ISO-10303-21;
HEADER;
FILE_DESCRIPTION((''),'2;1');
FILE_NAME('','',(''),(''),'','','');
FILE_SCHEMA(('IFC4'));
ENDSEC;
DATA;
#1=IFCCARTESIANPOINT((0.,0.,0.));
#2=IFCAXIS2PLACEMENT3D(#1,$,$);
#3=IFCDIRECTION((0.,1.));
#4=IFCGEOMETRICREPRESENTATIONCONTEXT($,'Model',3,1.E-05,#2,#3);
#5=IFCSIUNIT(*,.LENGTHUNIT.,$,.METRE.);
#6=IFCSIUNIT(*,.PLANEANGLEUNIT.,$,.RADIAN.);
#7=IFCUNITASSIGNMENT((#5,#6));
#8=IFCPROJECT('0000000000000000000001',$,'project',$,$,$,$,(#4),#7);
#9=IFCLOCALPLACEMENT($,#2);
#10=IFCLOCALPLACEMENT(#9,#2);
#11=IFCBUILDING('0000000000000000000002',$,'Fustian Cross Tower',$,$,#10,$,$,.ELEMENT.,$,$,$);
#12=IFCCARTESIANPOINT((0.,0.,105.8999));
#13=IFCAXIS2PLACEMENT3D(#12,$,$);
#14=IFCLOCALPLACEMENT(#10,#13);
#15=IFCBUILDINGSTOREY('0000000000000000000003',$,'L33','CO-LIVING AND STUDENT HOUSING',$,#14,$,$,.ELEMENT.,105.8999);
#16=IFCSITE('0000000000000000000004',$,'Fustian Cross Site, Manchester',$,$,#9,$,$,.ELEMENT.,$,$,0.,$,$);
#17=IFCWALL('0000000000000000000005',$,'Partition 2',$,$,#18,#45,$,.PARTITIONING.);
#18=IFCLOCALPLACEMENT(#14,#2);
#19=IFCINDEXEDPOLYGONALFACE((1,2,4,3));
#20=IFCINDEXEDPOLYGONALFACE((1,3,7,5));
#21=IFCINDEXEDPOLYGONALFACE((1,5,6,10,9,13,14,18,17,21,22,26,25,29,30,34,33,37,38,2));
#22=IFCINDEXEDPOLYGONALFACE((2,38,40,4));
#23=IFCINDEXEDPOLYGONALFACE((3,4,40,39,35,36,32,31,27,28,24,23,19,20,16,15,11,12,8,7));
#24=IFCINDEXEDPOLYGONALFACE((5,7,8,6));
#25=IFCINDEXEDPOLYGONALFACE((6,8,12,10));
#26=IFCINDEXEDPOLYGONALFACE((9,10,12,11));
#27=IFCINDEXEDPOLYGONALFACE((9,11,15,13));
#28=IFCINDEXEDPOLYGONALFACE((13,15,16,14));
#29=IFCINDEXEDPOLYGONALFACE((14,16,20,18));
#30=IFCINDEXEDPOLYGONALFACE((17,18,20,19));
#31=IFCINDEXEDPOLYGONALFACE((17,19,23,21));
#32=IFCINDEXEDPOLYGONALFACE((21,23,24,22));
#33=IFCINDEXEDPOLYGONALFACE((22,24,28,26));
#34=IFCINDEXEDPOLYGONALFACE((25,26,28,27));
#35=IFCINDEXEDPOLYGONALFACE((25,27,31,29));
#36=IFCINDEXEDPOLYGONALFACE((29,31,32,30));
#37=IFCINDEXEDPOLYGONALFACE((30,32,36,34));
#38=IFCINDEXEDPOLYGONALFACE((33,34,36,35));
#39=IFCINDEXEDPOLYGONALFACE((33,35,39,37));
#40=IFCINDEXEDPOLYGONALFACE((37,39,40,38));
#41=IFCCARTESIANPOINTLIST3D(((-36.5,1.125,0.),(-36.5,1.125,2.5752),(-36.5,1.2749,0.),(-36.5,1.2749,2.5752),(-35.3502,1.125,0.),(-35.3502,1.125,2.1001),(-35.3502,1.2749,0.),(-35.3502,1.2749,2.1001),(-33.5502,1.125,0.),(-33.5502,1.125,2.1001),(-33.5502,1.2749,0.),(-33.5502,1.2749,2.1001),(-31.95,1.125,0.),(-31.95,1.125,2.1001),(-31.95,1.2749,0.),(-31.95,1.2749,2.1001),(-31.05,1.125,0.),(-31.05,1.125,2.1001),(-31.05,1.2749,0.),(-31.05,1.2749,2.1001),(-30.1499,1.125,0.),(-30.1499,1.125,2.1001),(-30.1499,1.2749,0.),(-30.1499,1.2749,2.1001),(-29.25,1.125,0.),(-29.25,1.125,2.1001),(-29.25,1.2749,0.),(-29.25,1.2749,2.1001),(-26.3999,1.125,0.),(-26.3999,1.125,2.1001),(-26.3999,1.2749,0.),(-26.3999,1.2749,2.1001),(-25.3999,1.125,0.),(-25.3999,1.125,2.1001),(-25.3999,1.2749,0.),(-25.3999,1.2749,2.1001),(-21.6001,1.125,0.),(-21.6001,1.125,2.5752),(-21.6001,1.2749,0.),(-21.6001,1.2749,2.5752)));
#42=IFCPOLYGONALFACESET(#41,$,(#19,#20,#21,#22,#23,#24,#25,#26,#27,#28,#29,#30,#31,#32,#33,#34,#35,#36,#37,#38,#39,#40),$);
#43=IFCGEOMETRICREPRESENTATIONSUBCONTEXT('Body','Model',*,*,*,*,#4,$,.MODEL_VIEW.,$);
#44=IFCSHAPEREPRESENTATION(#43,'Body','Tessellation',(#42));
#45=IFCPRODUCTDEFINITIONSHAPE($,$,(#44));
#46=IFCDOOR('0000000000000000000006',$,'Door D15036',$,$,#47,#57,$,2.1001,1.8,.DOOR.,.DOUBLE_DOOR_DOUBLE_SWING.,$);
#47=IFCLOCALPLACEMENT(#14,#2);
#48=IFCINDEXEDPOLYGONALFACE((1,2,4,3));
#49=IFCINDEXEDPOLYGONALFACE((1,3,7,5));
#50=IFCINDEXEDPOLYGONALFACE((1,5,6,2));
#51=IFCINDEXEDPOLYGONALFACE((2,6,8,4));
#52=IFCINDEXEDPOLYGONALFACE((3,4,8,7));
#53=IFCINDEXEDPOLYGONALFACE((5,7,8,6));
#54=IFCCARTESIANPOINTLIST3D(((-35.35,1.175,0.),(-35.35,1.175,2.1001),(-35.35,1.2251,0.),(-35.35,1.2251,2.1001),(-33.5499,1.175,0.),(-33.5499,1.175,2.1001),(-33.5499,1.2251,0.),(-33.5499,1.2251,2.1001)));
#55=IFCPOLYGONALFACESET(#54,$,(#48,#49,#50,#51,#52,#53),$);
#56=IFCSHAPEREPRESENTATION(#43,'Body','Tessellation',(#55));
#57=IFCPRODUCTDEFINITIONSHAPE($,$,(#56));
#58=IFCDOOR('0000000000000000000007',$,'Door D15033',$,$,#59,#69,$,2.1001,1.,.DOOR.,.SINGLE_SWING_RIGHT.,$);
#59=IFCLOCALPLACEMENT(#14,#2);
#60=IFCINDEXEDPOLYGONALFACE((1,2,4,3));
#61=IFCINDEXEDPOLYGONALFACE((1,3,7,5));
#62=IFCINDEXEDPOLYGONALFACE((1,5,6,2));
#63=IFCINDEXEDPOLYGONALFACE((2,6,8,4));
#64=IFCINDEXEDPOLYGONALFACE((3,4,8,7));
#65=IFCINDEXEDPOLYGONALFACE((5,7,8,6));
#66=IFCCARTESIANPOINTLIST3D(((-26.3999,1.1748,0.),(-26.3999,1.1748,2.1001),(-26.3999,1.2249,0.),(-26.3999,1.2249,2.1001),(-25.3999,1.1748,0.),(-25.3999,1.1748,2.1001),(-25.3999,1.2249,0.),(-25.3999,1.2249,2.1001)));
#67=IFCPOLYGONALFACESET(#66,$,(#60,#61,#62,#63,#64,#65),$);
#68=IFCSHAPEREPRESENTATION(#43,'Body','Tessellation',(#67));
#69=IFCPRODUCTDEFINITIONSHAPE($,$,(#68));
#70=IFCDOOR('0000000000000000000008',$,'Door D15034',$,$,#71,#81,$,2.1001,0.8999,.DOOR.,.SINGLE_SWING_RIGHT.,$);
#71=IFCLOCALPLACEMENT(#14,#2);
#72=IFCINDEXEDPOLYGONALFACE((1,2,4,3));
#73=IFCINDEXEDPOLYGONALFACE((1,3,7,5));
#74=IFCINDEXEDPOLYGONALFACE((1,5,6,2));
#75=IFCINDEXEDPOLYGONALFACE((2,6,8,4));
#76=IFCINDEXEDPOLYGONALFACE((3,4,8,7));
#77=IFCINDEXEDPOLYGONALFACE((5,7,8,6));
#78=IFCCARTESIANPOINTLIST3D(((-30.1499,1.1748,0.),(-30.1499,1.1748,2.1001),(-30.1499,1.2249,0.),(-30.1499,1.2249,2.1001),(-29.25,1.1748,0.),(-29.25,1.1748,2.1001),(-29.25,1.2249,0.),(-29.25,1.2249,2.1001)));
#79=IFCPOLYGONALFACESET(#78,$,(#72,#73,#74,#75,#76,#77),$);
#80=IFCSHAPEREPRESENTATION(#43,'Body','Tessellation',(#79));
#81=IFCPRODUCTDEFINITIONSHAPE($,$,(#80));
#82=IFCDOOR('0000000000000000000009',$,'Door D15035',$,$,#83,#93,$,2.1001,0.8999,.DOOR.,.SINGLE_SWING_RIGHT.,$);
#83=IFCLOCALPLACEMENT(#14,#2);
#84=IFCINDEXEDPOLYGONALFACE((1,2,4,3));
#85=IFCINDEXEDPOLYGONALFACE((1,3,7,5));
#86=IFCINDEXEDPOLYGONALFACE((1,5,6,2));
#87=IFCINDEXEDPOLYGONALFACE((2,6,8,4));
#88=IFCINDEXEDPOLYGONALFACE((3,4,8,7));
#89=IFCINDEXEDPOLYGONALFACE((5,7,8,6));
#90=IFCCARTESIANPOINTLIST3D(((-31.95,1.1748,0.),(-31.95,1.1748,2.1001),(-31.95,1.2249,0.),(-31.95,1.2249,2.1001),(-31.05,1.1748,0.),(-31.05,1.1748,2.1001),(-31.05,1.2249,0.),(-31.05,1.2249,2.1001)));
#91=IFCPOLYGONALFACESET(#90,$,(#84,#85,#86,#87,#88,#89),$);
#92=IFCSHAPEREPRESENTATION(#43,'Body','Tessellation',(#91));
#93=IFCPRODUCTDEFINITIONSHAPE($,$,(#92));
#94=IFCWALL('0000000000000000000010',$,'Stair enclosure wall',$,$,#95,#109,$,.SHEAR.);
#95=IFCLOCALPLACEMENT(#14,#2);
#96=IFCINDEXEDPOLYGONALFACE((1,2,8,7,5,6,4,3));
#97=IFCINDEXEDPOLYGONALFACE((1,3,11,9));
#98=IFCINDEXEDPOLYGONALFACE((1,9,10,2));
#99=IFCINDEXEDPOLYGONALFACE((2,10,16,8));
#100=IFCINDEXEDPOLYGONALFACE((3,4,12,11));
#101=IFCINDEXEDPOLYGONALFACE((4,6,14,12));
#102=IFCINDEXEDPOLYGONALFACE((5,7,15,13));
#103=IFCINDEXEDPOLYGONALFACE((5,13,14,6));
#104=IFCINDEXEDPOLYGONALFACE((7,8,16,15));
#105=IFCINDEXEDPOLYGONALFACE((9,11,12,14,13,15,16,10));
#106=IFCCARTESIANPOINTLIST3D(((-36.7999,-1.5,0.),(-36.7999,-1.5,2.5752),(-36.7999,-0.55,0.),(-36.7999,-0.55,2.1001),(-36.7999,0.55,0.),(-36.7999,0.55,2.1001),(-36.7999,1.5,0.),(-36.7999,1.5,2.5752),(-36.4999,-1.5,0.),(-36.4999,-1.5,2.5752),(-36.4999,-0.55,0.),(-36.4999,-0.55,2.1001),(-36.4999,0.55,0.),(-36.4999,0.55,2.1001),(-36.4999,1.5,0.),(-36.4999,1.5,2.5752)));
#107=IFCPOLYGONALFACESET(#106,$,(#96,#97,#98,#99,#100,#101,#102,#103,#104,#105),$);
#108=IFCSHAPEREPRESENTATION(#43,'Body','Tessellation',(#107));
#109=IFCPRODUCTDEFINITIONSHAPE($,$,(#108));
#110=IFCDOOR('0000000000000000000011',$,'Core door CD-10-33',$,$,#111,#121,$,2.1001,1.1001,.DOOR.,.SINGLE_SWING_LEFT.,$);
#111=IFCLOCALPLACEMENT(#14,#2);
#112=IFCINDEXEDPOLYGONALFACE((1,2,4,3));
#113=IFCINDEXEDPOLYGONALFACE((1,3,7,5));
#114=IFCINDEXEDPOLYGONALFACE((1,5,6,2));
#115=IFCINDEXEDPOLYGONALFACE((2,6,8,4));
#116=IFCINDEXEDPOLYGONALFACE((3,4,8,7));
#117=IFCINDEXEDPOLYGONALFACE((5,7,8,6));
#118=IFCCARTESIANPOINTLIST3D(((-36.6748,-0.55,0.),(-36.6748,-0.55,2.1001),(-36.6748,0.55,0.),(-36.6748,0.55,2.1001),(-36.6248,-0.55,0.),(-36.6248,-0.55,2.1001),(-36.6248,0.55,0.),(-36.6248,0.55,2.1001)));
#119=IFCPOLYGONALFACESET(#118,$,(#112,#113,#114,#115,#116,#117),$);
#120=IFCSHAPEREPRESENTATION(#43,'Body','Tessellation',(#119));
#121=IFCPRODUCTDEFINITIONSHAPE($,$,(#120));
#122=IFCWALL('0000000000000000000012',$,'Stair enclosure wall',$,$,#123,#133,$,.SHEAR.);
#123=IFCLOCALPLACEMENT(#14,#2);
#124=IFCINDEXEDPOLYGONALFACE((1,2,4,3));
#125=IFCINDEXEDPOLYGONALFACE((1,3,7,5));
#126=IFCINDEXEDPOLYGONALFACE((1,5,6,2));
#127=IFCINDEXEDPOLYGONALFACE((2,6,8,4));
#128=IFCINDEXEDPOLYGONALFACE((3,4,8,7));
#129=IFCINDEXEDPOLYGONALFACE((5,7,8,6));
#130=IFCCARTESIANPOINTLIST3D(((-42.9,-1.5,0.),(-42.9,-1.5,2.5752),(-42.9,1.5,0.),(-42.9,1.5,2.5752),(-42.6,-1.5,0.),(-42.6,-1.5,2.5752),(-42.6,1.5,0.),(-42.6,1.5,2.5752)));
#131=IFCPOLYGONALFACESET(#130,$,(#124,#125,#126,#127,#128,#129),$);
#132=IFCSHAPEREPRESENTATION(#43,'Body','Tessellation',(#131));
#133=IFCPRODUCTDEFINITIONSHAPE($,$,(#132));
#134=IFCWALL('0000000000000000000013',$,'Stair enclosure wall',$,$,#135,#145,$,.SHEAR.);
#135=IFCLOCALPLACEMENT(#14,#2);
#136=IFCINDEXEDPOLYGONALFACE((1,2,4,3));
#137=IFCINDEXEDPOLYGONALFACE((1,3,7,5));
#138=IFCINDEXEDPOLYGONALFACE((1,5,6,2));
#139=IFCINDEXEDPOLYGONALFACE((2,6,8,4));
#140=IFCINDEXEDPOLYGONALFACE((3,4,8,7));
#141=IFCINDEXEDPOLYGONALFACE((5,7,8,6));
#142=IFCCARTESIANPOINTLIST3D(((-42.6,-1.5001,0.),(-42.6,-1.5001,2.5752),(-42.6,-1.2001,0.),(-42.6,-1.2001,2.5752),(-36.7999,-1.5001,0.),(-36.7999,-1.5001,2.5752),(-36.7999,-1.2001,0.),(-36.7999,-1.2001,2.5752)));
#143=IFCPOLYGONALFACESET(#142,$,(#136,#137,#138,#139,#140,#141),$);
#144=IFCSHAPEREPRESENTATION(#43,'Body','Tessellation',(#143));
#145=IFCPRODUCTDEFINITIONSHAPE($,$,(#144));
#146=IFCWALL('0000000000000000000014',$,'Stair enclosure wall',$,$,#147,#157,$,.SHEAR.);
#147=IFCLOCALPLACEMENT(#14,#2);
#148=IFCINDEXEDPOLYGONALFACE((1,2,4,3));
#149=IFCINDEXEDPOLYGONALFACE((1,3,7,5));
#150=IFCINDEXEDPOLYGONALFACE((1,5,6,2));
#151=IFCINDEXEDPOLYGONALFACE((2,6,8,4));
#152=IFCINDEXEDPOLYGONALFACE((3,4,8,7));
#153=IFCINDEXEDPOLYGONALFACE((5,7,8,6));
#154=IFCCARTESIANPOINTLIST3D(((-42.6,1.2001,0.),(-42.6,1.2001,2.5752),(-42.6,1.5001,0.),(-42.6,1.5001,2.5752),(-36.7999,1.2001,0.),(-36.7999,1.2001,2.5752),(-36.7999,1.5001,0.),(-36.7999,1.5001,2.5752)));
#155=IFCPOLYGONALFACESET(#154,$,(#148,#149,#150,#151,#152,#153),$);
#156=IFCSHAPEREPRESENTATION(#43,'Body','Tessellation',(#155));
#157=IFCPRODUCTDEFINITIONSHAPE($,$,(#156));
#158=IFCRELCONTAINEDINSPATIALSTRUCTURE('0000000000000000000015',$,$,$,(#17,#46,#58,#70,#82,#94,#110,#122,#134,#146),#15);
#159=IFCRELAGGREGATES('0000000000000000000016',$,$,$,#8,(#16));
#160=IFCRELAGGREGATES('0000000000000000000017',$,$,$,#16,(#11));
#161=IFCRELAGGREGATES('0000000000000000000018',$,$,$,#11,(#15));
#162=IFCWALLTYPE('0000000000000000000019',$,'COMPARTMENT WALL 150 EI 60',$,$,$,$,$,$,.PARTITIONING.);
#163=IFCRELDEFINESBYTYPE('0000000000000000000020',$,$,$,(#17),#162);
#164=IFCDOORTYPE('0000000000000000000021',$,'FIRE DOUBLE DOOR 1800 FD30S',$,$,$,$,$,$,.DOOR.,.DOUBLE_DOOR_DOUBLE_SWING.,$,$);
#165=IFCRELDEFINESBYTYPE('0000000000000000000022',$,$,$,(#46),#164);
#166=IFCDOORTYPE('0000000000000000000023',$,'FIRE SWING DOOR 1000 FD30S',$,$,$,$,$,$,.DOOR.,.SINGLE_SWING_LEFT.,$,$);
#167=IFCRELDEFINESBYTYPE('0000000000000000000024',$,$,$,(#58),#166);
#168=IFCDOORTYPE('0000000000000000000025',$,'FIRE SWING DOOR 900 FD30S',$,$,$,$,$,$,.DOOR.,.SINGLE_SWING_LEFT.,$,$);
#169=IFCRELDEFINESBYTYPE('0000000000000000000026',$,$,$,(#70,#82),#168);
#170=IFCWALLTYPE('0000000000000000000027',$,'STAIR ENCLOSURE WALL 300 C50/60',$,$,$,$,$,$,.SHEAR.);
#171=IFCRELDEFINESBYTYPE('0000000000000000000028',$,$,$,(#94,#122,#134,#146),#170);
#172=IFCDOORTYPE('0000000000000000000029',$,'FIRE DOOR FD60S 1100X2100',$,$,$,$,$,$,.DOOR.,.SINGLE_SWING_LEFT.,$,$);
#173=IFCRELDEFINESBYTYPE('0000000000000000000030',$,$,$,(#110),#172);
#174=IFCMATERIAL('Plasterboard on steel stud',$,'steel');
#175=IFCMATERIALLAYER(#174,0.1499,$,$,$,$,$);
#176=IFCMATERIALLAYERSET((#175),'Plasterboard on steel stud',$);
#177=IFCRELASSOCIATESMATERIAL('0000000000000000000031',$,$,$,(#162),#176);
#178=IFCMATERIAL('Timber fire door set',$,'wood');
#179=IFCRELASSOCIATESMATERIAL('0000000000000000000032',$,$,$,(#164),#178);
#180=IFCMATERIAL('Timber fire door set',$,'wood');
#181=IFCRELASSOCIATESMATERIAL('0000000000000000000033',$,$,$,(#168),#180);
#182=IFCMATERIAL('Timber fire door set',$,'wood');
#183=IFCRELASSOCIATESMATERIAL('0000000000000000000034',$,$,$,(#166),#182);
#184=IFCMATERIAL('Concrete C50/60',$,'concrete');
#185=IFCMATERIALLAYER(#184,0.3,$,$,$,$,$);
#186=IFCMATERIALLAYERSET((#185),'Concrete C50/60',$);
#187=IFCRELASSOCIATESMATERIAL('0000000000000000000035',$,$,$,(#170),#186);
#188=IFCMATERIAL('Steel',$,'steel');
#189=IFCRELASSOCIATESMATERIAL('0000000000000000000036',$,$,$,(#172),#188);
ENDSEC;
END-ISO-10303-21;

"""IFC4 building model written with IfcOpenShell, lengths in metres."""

from ifc_helpers import new_model, si_unit, direction, frame, frame_2d, origin, place, context, subcontext, project, spatial, rectangle, extrude, material, layer, layer_set, type_object, element, fill, save


model = new_model("IFC4")

# Units and contexts
model_context = context("Model", 3, precision=1e-05, world=origin(), true_north=direction((0.0, 1.0)))
body_context = subcontext(model_context, "Body", "Model", "MODEL_VIEW")
ifc_project = project(units=[si_unit("LENGTHUNIT", "METRE"), si_unit("PLANEANGLEUNIT", "RADIAN")], contexts=[model_context])

# Site, building, storey
site_placement = place(None, origin())
site = spatial("IfcSite", under=ifc_project, at=site_placement, Name="Fustian Cross Site, Manchester", CompositionType="ELEMENT", RefElevation=0.0)
building_placement = place(site_placement, origin())
building = spatial("IfcBuilding", under=site, at=building_placement, Name="Fustian Cross Tower", CompositionType="ELEMENT")
storey_placement = place(building_placement, frame((0.0, 0.0, 105.8999)))
storey = spatial("IfcBuildingStorey", under=building, at=storey_placement, Name="L33", Description="CO-LIVING AND STUDENT HOUSING", CompositionType="ELEMENT", Elevation=105.8999)

# Wall, openings, doors
ifc_material_1 = material(Name="Plasterboard on steel stud", Category="steel")
ifc_layer_1 = layer(ifc_material_1, 0.1499)
ifc_layer_set_1 = layer_set([ifc_layer_1], Name="Plasterboard on steel stud")
wall_type_1 = type_object("IfcWallType", Name="COMPARTMENT WALL 150 EI 60", PredefinedType="PARTITIONING", material=ifc_layer_set_1)
ifc_material_2 = material(Name="Timber fire door set", Category="wood")
door_type_1 = type_object("IfcDoorType", Name="FIRE DOUBLE DOOR 1800 FD30S", OperationType="DOUBLE_DOOR_DOUBLE_SWING", PredefinedType="DOOR", material=ifc_material_2)
ifc_material_3 = material(Name="Timber fire door set", Category="wood")
door_type_2 = type_object("IfcDoorType", Name="FIRE SWING DOOR 900 FD30S", OperationType="SINGLE_SWING_LEFT", PredefinedType="DOOR", material=ifc_material_3)
wall_1_placement = place(storey_placement, frame((-36.5, 1.2, 0.0), z_axis=(0.0, 0.0, 1.0), x_axis=(1.0, 0.0, 0.0)))
wall_1 = element("IfcWall", 1, at=wall_1_placement, inside=storey, type_object=wall_type_1, Name="Partition 2", PredefinedType="PARTITIONING", context=body_context, shape_type="SweptSolid", body=[
    extrude(rectangle(XDim=14.8999, YDim=0.1499, at=frame_2d((7.45, 0.0))), origin(), (0.0, 0.0, 1.0), 2.5752),
])
opening_1_placement = place(wall_1_placement, frame((10.1001, 0.0, 0.0)))
opening_1 = element("IfcOpeningElement", 2, at=opening_1_placement, cuts=wall_1, PredefinedType="OPENING", context=body_context, shape_type="SweptSolid", body=[
    extrude(rectangle(XDim=1.0, YDim=2.1001, at=frame_2d((0.5, 1.05))), frame((0.0, 0.085, 0.0), z_axis=(0.0, -1.0, 0.0), x_axis=(1.0, 0.0, 0.0)), (0.0, 0.0, 1.0), 0.1699),
])
opening_2_placement = place(wall_1_placement, frame((6.3501, 0.0, 0.0)))
opening_2 = element("IfcOpeningElement", 3, at=opening_2_placement, cuts=wall_1, PredefinedType="OPENING", context=body_context, shape_type="SweptSolid", body=[
    extrude(rectangle(XDim=0.8999, YDim=2.1001, at=frame_2d((0.45, 1.05))), frame((0.0, 0.085, 0.0), z_axis=(0.0, -1.0, 0.0), x_axis=(1.0, 0.0, 0.0)), (0.0, 0.0, 1.0), 0.1699),
])
opening_3_placement = place(wall_1_placement, frame((4.55, 0.0, 0.0)))
opening_3 = element("IfcOpeningElement", 4, at=opening_3_placement, cuts=wall_1, PredefinedType="OPENING", context=body_context, shape_type="SweptSolid", body=[
    extrude(rectangle(XDim=0.8999, YDim=2.1001, at=frame_2d((0.45, 1.05))), frame((0.0, 0.085, 0.0), z_axis=(0.0, -1.0, 0.0), x_axis=(1.0, 0.0, 0.0)), (0.0, 0.0, 1.0), 0.1699),
])
opening_4_placement = place(wall_1_placement, frame((1.1499, 0.0, 0.0)))
opening_4 = element("IfcOpeningElement", 5, at=opening_4_placement, cuts=wall_1, PredefinedType="OPENING", context=body_context, shape_type="SweptSolid", body=[
    extrude(rectangle(XDim=1.8, YDim=2.1001, at=frame_2d((0.8999, 1.05))), frame((0.0, 0.085, 0.0), z_axis=(0.0, -1.0, 0.0), x_axis=(1.0, 0.0, 0.0)), (0.0, 0.0, 1.0), 0.1699),
])
door_1_placement = place(opening_4_placement, frame((1.8, 0.0, 0.0), z_axis=(0.0, 0.0, 1.0), x_axis=(-1.0, 0.0, 0.0)))
door_1 = element("IfcDoor", 6, at=door_1_placement, inside=storey, type_object=door_type_1, Name="Door D15036", OperationType="DOUBLE_DOOR_DOUBLE_SWING", OverallHeight=2.1001, OverallWidth=1.8, PredefinedType="DOOR", context=body_context, shape_type="SweptSolid", body=[
    extrude(rectangle(XDim=1.8, YDim=2.1001, at=frame_2d((0.8999, 1.05))), frame((0.0, 0.0249, 0.0), z_axis=(0.0, -1.0, 0.0), x_axis=(1.0, 0.0, 0.0)), (0.0, 0.0, 1.0), 0.05),
])
fill(opening_4, door_1)
ifc_material_4 = material(Name="Timber fire door set", Category="wood")
door_type_3 = type_object("IfcDoorType", Name="FIRE SWING DOOR 1000 FD30S", OperationType="SINGLE_SWING_LEFT", PredefinedType="DOOR", material=ifc_material_4)
door_2_placement = place(opening_1_placement, origin())
door_2 = element("IfcDoor", 7, at=door_2_placement, inside=storey, type_object=door_type_3, Name="Door D15033", OperationType="SINGLE_SWING_RIGHT", OverallHeight=2.1001, OverallWidth=1.0, PredefinedType="DOOR", context=body_context, shape_type="SweptSolid", body=[
    extrude(rectangle(XDim=1.0, YDim=2.1001, at=frame_2d((0.5, 1.05))), frame((0.0, 0.0249, 0.0), z_axis=(0.0, -1.0, 0.0), x_axis=(1.0, 0.0, 0.0)), (0.0, 0.0, 1.0), 0.05),
])
fill(opening_1, door_2)
door_3_placement = place(opening_2_placement, origin())
door_3 = element("IfcDoor", 8, at=door_3_placement, inside=storey, type_object=door_type_2, Name="Door D15034", OperationType="SINGLE_SWING_RIGHT", OverallHeight=2.1001, OverallWidth=0.8999, PredefinedType="DOOR", context=body_context, shape_type="SweptSolid", body=[
    extrude(rectangle(XDim=0.8999, YDim=2.1001, at=frame_2d((0.45, 1.05))), frame((0.0, 0.0249, 0.0), z_axis=(0.0, -1.0, 0.0), x_axis=(1.0, 0.0, 0.0)), (0.0, 0.0, 1.0), 0.05),
])
fill(opening_2, door_3)
door_4_placement = place(opening_3_placement, origin())
door_4 = element("IfcDoor", 9, at=door_4_placement, inside=storey, type_object=door_type_2, Name="Door D15035", OperationType="SINGLE_SWING_RIGHT", OverallHeight=2.1001, OverallWidth=0.8999, PredefinedType="DOOR", context=body_context, shape_type="SweptSolid", body=[
    extrude(rectangle(XDim=0.8999, YDim=2.1001, at=frame_2d((0.45, 1.05))), frame((0.0, 0.0249, 0.0), z_axis=(0.0, -1.0, 0.0), x_axis=(1.0, 0.0, 0.0)), (0.0, 0.0, 1.0), 0.05),
])
fill(opening_3, door_4)

# Wall, opening, door
ifc_material_5 = material(Name="Concrete C50/60", Category="concrete")
ifc_layer_2 = layer(ifc_material_5, 0.3)
ifc_layer_set_2 = layer_set([ifc_layer_2], Name="Concrete C50/60")
wall_type_2 = type_object("IfcWallType", Name="STAIR ENCLOSURE WALL 300 C50/60", PredefinedType="SHEAR", material=ifc_layer_set_2)
wall_2_placement = place(storey_placement, frame((-36.6499, -1.5, 0.0), z_axis=(0.0, 0.0, 1.0), x_axis=(0.0, 1.0, 0.0)))
wall_2 = element("IfcWall", 10, at=wall_2_placement, inside=storey, type_object=wall_type_2, Name="Stair enclosure wall", PredefinedType="SHEAR", context=body_context, shape_type="SweptSolid", body=[
    extrude(rectangle(XDim=3.0, YDim=0.3, at=frame_2d((1.5, 0.0))), origin(), (0.0, 0.0, 1.0), 2.5752),
])
opening_5_placement = place(wall_2_placement, frame((0.95, 0.0, 0.0)))
opening_5 = element("IfcOpeningElement", 11, at=opening_5_placement, cuts=wall_2, PredefinedType="OPENING", context=body_context, shape_type="SweptSolid", body=[
    extrude(rectangle(XDim=1.1001, YDim=2.1001, at=frame_2d((0.55, 1.05))), frame((0.0, 0.1599, 0.0), z_axis=(0.0, -1.0, 0.0), x_axis=(1.0, 0.0, 0.0)), (0.0, 0.0, 1.0), 0.3201),
])
ifc_material_6 = material(Name="Steel", Category="steel")
door_type_4 = type_object("IfcDoorType", Name="FIRE DOOR FD60S 1100X2100", OperationType="SINGLE_SWING_LEFT", PredefinedType="DOOR", material=ifc_material_6)
door_5_placement = place(opening_5_placement, origin())
door_5 = element("IfcDoor", 12, at=door_5_placement, inside=storey, type_object=door_type_4, Name="Core door CD-10-33", OperationType="SINGLE_SWING_LEFT", OverallHeight=2.1001, OverallWidth=1.1001, PredefinedType="DOOR", context=body_context, shape_type="SweptSolid", body=[
    extrude(rectangle(XDim=1.1001, YDim=2.1001, at=frame_2d((0.55, 1.05))), frame((0.0, 0.0249, 0.0), z_axis=(0.0, -1.0, 0.0), x_axis=(1.0, 0.0, 0.0)), (0.0, 0.0, 1.0), 0.05),
])
fill(opening_5, door_5)

# Walls
wall_3_placement = place(storey_placement, frame((-42.75, -1.5, 0.0), z_axis=(0.0, 0.0, 1.0), x_axis=(0.0, 1.0, 0.0)))
element("IfcWall", 13, at=wall_3_placement, inside=storey, type_object=wall_type_2, Name="Stair enclosure wall", PredefinedType="SHEAR", context=body_context, shape_type="SweptSolid", body=[
    extrude(rectangle(XDim=3.0, YDim=0.3, at=frame_2d((1.5, 0.0))), origin(), (0.0, 0.0, 1.0), 2.5752),
])
for number, where, z_axis, x_axis, name in (
    (14, (-36.8, -1.3501, 0.0), (0.0, 0.0, 1.0), (-1.0, 0.0, 0.0), "Stair enclosure wall"),
    (15, (-36.8, 1.3501, 0.0), (0.0, 0.0, 1.0), (-1.0, 0.0, 0.0), "Stair enclosure wall"),
):
    element("IfcWall", number, at=place(storey_placement, frame(where, z_axis=z_axis, x_axis=x_axis)), inside=storey, type_object=wall_type_2, Name=name, PredefinedType="SHEAR", context=body_context, shape_type="SweptSolid", body=[
        extrude(rectangle(XDim=5.8, YDim=0.3, at=frame_2d((2.8999, 0.0))), origin(), (0.0, 0.0, 1.0), 2.5752),
    ])

save(model, "model.ifc")
